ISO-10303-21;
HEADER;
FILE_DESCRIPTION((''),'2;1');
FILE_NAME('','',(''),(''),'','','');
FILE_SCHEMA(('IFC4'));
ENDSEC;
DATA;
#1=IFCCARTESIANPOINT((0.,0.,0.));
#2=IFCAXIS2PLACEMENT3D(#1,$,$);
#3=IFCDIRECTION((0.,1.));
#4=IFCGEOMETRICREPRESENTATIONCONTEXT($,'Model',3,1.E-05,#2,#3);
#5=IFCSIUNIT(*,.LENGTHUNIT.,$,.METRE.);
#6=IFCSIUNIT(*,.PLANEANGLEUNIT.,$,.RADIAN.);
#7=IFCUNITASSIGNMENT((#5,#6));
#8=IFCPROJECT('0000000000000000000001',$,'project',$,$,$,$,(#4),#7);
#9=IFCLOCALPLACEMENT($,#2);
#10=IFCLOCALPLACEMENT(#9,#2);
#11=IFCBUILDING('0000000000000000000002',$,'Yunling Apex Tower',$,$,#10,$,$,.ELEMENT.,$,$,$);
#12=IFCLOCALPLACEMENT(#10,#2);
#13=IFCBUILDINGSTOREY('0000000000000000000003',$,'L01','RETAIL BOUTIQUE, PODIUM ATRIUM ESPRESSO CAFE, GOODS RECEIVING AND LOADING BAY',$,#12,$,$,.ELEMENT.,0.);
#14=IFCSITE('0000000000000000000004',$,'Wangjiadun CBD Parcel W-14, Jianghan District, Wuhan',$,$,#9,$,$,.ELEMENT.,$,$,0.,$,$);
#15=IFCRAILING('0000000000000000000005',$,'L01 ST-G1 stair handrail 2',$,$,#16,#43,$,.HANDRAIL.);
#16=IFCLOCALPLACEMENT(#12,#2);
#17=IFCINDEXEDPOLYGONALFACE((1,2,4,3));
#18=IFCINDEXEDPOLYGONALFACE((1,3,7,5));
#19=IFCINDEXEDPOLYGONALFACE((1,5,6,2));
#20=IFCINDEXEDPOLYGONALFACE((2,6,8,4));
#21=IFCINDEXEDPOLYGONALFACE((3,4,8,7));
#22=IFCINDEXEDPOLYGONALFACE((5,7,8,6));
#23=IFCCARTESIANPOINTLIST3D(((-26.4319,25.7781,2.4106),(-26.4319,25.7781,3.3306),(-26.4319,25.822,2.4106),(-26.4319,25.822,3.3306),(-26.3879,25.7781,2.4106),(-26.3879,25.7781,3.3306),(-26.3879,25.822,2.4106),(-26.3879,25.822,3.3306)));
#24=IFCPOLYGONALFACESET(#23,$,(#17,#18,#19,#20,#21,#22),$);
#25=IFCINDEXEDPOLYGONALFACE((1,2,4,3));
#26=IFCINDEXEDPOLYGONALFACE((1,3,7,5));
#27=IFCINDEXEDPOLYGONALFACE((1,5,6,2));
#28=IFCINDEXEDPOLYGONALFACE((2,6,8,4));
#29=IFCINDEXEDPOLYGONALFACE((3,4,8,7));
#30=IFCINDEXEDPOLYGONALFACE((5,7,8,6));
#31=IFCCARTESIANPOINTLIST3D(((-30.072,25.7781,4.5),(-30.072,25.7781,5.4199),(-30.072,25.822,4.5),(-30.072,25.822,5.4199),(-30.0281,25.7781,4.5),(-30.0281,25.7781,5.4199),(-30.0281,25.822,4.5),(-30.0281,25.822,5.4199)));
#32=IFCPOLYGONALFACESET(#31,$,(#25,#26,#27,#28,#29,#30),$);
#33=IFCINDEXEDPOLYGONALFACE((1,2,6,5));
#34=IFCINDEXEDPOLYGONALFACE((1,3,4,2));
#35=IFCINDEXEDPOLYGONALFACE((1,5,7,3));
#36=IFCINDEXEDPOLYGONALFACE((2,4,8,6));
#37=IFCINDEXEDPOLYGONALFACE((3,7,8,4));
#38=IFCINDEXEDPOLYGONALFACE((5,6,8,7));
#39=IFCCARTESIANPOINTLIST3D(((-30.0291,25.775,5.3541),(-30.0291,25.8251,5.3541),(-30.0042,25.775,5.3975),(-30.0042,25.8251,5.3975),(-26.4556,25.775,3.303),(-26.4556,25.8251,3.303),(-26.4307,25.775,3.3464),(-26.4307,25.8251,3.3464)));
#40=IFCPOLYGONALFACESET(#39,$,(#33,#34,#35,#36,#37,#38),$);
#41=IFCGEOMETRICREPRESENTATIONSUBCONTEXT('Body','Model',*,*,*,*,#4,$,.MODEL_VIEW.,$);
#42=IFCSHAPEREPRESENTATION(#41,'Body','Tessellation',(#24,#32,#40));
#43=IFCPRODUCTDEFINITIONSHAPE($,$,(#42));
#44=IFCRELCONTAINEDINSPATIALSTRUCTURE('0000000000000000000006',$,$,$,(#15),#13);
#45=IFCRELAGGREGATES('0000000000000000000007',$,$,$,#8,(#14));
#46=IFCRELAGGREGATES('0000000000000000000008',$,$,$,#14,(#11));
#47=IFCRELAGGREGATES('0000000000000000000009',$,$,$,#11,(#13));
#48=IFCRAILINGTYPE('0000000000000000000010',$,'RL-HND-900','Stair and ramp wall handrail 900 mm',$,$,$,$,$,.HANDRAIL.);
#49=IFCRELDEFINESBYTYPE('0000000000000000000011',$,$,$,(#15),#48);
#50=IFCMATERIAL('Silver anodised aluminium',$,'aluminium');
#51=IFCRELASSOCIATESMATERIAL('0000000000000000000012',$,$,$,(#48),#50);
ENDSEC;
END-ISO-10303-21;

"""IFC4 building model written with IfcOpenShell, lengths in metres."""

from ifc_helpers import new_model, si_unit, direction, frame, origin, origin_2d, place, context, subcontext, project, spatial, rectangle, extrude, material, type_object, element, save


model = new_model("IFC4")

# Units and contexts
model_context = context("Model", 3, precision=1e-05, world=origin(), true_north=direction((0.0, 1.0)))
body_context = subcontext(model_context, "Body", "Model", "MODEL_VIEW")
ifc_project = project(units=[si_unit("LENGTHUNIT", "METRE"), si_unit("PLANEANGLEUNIT", "RADIAN")], contexts=[model_context])

# Site, building, storey
site_placement = place(None, origin())
site = spatial("IfcSite", under=ifc_project, at=site_placement, Name="Wangjiadun CBD Parcel W-14, Jianghan District, Wuhan", CompositionType="ELEMENT", RefElevation=0.0)
building_placement = place(site_placement, origin())
building = spatial("IfcBuilding", under=site, at=building_placement, Name="Yunling Apex Tower", CompositionType="ELEMENT")
storey_placement = place(building_placement, origin())
storey = spatial("IfcBuildingStorey", under=building, at=storey_placement, Name="L01", Description="RETAIL BOUTIQUE, PODIUM ATRIUM ESPRESSO CAFE, GOODS RECEIVING AND LOADING BAY", CompositionType="ELEMENT", Elevation=0.0)

# Railing
ifc_material_1 = material(Name="Silver anodised aluminium", Category="aluminium")
railing_type_1 = type_object("IfcRailingType", Name="RL-HND-900", Description="Stair and ramp wall handrail 900 mm", PredefinedType="HANDRAIL", material=ifc_material_1)
railing_1_placement = place(storey_placement, frame((-26.4099, 25.8, 2.4106)))
element("IfcRailing", 1, at=railing_1_placement, inside=storey, type_object=railing_type_1, Name="L01 ST-G1 stair handrail 2", PredefinedType="HANDRAIL", context=body_context, shape_type="SweptSolid", body=[
    extrude(rectangle(XDim=0.0439, YDim=0.0439, at=origin_2d()), origin(), (0.0, 0.0, 1.0), 0.9199),
    extrude(rectangle(XDim=0.0439, YDim=0.0439, at=origin_2d()), frame((-3.6401, 0.0, 2.0894)), (0.0, 0.0, 1.0), 0.9199),
    extrude(rectangle(XDim=0.05, YDim=0.05, at=origin_2d()), frame((-0.0332, 0.0, 0.9141), z_axis=(-0.867289, 0.0, 0.497804), x_axis=(0.0, -1.0, 0.0)), (0.0, 0.0, 1.0), 4.1204),
])

save(model, "model.ifc")
